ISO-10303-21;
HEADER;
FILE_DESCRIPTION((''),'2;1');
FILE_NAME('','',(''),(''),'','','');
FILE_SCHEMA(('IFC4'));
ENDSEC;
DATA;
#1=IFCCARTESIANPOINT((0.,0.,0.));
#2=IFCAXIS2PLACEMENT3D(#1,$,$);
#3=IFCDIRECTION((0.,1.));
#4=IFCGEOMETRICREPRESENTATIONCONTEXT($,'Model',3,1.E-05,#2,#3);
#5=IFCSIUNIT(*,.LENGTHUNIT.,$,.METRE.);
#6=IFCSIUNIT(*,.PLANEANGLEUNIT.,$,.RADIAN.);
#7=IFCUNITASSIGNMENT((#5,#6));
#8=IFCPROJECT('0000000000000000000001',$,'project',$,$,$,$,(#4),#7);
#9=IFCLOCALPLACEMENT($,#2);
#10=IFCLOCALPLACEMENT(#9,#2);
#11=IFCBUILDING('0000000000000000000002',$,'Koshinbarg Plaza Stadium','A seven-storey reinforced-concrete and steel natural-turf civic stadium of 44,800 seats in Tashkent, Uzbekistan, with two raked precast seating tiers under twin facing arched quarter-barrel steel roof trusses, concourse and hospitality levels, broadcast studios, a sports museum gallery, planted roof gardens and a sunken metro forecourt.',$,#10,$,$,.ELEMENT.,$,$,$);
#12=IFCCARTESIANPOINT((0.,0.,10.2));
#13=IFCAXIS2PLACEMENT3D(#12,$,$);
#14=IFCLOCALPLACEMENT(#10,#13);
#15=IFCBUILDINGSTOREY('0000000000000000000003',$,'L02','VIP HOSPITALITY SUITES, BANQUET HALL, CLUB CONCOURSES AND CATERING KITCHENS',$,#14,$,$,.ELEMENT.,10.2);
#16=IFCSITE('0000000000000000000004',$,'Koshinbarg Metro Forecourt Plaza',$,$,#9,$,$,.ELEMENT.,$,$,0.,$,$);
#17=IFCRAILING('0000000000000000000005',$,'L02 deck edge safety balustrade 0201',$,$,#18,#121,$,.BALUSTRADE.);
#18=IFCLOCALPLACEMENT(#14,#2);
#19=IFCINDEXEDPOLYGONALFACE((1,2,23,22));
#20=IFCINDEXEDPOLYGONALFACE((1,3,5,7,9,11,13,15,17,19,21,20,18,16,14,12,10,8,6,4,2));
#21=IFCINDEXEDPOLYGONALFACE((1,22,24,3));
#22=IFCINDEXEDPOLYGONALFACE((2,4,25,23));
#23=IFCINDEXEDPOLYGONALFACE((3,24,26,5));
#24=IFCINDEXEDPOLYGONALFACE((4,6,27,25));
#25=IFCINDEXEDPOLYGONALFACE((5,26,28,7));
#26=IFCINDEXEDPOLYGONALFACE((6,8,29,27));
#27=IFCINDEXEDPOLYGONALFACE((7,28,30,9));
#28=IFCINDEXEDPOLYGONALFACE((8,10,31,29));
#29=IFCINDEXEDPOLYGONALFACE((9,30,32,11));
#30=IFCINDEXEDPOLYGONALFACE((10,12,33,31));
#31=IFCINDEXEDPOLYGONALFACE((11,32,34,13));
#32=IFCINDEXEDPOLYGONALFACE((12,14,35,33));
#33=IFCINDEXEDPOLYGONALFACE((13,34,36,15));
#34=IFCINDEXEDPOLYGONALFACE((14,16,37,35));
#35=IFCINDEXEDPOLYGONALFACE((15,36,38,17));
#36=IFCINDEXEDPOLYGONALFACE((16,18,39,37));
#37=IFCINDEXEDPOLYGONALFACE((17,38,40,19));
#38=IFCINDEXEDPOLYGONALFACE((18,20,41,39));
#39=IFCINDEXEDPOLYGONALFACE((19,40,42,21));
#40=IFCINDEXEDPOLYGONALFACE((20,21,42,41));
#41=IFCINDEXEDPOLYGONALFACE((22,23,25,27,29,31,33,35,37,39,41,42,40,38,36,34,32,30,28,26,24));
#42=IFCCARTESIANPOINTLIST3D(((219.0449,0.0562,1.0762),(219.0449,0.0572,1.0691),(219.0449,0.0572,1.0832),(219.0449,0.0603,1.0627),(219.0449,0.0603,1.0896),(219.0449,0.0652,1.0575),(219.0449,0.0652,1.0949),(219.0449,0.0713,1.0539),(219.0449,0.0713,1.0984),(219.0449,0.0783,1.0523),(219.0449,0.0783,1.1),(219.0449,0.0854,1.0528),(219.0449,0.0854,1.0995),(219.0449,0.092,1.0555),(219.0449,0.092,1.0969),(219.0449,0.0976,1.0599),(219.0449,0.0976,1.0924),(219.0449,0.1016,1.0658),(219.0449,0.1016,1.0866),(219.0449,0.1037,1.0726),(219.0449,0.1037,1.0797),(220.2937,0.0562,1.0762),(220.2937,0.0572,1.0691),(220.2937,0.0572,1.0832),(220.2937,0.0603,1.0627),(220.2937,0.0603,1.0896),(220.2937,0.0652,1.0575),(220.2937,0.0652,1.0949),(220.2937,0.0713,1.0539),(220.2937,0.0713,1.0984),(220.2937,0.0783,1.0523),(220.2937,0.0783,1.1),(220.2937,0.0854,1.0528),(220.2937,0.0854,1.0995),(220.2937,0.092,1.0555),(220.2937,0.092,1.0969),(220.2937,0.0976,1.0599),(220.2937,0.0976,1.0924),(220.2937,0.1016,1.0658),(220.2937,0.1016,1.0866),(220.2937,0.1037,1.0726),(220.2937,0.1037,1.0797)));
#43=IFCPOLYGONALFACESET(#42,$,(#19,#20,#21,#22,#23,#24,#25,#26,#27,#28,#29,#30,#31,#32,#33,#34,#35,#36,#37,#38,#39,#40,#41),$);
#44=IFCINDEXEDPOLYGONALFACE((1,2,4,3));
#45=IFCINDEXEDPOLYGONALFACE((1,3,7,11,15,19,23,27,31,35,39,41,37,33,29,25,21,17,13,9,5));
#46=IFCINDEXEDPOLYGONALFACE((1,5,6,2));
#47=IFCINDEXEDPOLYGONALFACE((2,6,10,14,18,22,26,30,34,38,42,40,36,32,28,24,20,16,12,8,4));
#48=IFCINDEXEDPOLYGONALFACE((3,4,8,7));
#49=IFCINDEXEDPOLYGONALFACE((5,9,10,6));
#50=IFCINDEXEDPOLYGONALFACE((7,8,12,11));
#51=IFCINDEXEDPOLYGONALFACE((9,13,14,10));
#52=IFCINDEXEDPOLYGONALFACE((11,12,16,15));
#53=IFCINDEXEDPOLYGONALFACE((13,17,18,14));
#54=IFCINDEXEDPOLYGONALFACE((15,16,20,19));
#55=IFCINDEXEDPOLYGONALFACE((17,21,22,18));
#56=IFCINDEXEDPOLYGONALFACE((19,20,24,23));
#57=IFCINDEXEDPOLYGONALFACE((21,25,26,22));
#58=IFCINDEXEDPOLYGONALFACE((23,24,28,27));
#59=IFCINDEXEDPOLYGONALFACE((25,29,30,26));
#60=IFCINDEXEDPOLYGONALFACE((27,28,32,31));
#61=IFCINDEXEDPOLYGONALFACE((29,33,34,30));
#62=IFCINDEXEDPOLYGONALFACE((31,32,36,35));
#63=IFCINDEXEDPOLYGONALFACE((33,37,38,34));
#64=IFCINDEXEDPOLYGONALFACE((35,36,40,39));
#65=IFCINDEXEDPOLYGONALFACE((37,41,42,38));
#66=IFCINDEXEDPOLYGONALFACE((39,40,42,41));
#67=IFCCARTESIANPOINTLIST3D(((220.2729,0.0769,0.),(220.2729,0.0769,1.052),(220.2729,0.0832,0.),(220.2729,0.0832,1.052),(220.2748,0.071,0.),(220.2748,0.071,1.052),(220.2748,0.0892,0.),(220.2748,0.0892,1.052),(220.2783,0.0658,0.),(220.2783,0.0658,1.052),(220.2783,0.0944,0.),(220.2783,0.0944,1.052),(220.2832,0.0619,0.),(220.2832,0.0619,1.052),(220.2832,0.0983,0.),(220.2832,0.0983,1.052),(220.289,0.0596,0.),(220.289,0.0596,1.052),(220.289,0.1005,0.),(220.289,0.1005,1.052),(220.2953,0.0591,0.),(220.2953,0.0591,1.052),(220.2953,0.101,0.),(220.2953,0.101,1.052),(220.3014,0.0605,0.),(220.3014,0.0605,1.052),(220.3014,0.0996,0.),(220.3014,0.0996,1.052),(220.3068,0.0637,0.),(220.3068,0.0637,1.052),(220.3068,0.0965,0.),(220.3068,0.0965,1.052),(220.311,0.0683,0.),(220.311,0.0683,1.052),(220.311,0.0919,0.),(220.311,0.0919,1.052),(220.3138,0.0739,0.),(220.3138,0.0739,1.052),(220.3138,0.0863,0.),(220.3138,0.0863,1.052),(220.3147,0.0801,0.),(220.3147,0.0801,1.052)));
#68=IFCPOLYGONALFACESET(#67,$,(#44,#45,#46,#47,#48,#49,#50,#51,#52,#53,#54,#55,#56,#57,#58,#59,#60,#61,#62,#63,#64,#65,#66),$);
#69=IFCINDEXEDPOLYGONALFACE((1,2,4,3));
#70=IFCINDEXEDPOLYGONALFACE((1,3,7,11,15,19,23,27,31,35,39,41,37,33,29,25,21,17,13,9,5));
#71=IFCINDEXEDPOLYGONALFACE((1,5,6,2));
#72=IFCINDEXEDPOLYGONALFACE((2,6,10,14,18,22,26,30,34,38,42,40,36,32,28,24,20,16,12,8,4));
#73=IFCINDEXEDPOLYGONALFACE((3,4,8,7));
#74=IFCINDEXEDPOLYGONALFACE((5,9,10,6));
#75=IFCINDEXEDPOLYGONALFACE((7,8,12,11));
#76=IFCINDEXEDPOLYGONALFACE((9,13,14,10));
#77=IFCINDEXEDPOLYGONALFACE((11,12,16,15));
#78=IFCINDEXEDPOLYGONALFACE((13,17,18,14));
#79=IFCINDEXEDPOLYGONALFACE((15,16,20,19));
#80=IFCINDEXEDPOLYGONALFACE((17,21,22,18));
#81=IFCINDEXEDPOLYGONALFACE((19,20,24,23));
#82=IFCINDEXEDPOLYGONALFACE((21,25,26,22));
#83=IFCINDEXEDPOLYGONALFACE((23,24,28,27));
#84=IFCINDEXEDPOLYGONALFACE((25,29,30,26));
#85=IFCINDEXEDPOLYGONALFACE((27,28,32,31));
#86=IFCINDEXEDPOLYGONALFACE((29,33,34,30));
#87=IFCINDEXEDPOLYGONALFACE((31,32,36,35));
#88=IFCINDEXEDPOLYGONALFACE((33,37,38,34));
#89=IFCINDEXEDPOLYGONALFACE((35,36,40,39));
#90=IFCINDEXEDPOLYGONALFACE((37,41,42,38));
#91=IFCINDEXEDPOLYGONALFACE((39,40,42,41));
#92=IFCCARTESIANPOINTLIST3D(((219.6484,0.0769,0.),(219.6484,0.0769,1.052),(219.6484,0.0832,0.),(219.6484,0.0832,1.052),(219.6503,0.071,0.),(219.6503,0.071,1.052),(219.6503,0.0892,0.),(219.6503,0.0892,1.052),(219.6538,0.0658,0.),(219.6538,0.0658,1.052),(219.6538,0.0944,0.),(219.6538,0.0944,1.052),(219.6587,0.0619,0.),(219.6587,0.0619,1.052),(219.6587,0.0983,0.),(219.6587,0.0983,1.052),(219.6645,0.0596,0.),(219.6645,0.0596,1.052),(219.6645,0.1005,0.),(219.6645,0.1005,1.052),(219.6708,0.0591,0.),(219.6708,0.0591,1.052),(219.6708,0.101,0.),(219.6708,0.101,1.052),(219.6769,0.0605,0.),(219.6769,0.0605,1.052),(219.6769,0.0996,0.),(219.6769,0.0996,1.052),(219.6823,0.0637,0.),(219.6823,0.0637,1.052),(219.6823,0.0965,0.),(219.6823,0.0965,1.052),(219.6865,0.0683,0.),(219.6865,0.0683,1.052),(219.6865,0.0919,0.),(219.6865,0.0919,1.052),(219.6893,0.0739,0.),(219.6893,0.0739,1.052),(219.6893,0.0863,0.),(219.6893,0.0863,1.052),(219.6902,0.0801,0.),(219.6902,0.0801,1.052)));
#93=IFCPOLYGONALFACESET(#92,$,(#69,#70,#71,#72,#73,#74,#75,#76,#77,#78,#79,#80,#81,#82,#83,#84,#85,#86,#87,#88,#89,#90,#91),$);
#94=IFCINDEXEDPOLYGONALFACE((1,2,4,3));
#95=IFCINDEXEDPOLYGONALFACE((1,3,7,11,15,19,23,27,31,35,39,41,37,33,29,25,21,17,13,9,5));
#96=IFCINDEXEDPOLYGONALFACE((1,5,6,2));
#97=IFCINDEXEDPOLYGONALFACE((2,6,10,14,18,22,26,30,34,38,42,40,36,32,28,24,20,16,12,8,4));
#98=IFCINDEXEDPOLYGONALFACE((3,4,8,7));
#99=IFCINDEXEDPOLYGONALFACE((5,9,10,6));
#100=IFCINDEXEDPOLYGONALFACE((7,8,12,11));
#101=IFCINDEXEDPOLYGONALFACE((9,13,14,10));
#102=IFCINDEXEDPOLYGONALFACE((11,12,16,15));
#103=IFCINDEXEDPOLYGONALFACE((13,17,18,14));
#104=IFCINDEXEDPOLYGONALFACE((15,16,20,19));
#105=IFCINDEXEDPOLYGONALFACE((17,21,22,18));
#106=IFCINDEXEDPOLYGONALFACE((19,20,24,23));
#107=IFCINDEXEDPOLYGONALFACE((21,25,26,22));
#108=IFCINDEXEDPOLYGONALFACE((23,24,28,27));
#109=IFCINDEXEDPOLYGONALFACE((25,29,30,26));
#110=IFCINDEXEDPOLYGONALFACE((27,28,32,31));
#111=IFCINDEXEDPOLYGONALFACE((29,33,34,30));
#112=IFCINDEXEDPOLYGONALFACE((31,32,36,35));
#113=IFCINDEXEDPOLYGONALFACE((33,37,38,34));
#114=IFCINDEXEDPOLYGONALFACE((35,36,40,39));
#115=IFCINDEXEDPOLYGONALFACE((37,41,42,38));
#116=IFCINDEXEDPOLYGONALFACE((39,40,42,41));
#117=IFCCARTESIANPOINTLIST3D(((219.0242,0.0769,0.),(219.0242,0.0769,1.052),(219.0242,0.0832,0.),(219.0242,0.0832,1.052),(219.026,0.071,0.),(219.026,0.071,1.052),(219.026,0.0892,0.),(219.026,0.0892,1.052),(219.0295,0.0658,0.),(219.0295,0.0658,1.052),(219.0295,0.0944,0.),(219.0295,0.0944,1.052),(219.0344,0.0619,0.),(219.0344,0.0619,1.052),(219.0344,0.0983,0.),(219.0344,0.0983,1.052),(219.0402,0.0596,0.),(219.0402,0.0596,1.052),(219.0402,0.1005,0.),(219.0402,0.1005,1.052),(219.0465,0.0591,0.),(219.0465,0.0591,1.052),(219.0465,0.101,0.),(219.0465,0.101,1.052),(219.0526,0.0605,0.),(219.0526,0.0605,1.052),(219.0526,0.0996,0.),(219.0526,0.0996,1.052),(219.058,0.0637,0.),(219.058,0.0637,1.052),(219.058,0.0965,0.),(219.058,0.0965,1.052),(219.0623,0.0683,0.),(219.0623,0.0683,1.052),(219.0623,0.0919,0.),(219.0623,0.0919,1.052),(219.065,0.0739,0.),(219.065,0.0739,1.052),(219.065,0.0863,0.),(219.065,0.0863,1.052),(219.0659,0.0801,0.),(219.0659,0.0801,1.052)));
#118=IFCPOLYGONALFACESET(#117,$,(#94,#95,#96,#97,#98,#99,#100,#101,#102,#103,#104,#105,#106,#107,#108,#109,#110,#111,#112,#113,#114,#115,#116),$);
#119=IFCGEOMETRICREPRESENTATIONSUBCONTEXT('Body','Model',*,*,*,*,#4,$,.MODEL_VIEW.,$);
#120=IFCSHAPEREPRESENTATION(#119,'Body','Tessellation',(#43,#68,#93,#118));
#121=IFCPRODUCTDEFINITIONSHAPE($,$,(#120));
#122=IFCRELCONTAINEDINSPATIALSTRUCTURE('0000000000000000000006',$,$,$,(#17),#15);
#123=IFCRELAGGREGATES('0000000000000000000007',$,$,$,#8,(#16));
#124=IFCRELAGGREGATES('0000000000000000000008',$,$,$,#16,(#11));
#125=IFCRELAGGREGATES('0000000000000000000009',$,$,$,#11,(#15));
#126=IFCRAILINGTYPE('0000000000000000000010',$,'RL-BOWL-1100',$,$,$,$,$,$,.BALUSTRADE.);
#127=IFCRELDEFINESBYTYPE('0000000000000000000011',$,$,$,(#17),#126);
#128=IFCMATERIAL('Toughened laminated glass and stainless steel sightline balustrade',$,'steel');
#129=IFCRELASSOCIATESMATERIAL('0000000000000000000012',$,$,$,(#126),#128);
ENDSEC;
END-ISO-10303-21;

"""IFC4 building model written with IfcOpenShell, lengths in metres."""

from ifc_helpers import new_model, si_unit, direction, frame, origin, origin_2d, place, context, subcontext, project, spatial, circle, extrude, material, type_object, element, save


model = new_model("IFC4")

# Units and contexts
model_context = context("Model", 3, precision=1e-05, world=origin(), true_north=direction((0.0, 1.0)))
body_context = subcontext(model_context, "Body", "Model", "MODEL_VIEW")
ifc_project = project(units=[si_unit("LENGTHUNIT", "METRE"), si_unit("PLANEANGLEUNIT", "RADIAN")], contexts=[model_context])

# Site, building, storey
site_placement = place(None, origin())
site = spatial("IfcSite", under=ifc_project, at=site_placement, Name="Koshinbarg Metro Forecourt Plaza", CompositionType="ELEMENT", RefElevation=0.0)
building_placement = place(site_placement, origin())
building = spatial("IfcBuilding", under=site, at=building_placement, Name="Koshinbarg Plaza Stadium", Description="A seven-storey reinforced-concrete and steel natural-turf civic stadium of 44,800 seats in Tashkent, Uzbekistan, with two raked precast seating tiers under twin facing arched quarter-barrel steel roof trusses, concourse and hospitality levels, broadcast studios, a sports museum gallery, planted roof gardens and a sunken metro forecourt.", CompositionType="ELEMENT")
storey_placement = place(building_placement, frame((0.0, 0.0, 10.2)))
storey = spatial("IfcBuildingStorey", under=building, at=storey_placement, Name="L02", Description="VIP HOSPITALITY SUITES, BANQUET HALL, CLUB CONCOURSES AND CATERING KITCHENS", CompositionType="ELEMENT", Elevation=10.2)

# Railing
ifc_material_1 = material(Name="Toughened laminated glass and stainless steel sightline balustrade", Category="steel")
railing_type = type_object("IfcRailingType", Name="RL-BOWL-1100", PredefinedType="BALUSTRADE", material=ifc_material_1)
railing_1_placement = place(storey_placement, frame((220.2937, 0.0801, 0.0)))
element("IfcRailing", 1, at=railing_1_placement, inside=storey, type_object=railing_type, Name="L02 deck edge safety balustrade 0201", PredefinedType="BALUSTRADE", context=body_context, shape_type="SweptSolid", body=[
    extrude(circle(Radius=0.0239, at=origin_2d()), frame((0.0, 0.0, 1.0762), z_axis=(-1.0, 0.0, 0.0), x_axis=(0.0, -1.0, 0.0)), (0.0, 0.0, 1.0), 1.2488),
    extrude(circle(Radius=0.021, at=origin_2d()), origin(), (0.0, 0.0, 1.0), 1.052),
    extrude(circle(Radius=0.021, at=origin_2d()), frame((-0.6245, 0.0, 0.0)), (0.0, 0.0, 1.0), 1.052),
    extrude(circle(Radius=0.021, at=origin_2d()), frame((-1.2488, 0.0, 0.0)), (0.0, 0.0, 1.0), 1.052),
])

save(model, "model.ifc")
